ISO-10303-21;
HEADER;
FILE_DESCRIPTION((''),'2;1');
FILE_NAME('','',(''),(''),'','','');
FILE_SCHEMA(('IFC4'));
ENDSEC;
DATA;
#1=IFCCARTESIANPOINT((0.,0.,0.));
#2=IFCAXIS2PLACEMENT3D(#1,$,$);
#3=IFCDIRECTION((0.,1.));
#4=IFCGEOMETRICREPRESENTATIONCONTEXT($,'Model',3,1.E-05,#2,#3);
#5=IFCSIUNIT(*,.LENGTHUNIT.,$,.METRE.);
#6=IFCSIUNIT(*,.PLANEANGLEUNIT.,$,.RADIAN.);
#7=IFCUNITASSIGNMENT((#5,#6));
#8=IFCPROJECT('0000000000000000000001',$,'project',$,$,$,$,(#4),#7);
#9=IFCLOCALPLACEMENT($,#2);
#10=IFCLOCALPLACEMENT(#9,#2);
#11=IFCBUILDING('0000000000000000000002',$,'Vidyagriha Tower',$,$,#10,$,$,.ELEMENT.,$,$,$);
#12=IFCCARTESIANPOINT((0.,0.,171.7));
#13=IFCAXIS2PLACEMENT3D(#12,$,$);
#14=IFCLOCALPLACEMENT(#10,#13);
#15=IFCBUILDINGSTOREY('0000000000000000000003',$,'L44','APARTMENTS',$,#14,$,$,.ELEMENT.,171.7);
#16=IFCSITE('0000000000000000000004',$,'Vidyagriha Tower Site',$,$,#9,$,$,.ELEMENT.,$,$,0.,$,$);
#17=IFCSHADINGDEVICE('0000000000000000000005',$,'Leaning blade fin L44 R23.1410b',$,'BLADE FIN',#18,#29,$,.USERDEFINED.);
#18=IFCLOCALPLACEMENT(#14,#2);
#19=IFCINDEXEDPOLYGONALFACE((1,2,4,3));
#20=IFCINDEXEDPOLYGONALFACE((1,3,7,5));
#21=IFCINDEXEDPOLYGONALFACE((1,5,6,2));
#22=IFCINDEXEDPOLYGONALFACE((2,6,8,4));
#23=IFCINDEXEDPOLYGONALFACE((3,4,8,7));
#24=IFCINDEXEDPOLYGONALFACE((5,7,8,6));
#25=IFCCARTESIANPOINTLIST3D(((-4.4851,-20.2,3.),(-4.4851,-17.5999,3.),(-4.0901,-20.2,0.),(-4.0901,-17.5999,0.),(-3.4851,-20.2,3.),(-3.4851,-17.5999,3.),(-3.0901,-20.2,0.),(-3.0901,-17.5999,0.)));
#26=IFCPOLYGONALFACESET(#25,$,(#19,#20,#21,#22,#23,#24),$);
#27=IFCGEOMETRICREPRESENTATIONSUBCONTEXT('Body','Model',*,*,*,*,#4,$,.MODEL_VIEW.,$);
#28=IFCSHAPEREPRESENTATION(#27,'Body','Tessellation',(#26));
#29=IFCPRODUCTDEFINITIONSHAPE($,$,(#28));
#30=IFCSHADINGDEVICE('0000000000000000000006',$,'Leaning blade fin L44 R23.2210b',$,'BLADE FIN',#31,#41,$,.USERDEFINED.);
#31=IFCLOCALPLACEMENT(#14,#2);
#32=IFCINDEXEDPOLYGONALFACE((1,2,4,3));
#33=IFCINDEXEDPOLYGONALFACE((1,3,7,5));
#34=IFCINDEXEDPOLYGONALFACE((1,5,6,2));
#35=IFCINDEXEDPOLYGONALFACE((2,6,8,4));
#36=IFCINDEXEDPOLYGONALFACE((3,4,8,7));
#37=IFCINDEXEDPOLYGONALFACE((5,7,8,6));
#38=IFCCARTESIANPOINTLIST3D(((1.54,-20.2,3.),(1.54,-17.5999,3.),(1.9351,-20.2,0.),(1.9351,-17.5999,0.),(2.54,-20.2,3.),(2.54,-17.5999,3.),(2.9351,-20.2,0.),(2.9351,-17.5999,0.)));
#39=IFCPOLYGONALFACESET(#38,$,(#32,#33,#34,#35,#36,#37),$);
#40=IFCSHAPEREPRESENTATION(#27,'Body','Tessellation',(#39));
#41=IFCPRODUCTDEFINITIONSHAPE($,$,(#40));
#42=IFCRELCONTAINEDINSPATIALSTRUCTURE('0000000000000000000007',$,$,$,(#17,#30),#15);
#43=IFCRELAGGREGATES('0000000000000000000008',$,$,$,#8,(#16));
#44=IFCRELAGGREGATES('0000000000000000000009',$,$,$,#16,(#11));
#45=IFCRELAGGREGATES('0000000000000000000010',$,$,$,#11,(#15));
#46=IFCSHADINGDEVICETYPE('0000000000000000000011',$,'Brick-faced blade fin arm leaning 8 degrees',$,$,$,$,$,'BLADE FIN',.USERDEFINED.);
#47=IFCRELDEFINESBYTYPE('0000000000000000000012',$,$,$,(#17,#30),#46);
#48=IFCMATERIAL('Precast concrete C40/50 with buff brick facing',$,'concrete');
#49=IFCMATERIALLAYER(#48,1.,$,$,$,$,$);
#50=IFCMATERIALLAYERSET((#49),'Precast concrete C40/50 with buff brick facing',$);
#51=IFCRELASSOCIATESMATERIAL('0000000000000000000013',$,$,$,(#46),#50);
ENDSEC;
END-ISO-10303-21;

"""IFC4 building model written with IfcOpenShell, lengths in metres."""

from ifc_helpers import new_model, si_unit, direction, frame, origin, place, context, subcontext, project, spatial, polyline, outline, extrude, material, layer, layer_set, type_object, element, save


model = new_model("IFC4")

# Units and contexts
model_context = context("Model", 3, precision=1e-05, world=origin(), true_north=direction((0.0, 1.0)))
body_context = subcontext(model_context, "Body", "Model", "MODEL_VIEW")
ifc_project = project(units=[si_unit("LENGTHUNIT", "METRE"), si_unit("PLANEANGLEUNIT", "RADIAN")], contexts=[model_context])

# Site, building, storey
site_placement = place(None, origin())
site = spatial("IfcSite", under=ifc_project, at=site_placement, Name="Vidyagriha Tower Site", CompositionType="ELEMENT", RefElevation=0.0)
building_placement = place(site_placement, origin())
building = spatial("IfcBuilding", under=site, at=building_placement, Name="Vidyagriha Tower", CompositionType="ELEMENT")
storey_placement = place(building_placement, frame((0.0, 0.0, 171.7)))
storey = spatial("IfcBuildingStorey", under=building, at=storey_placement, Name="L44", Description="APARTMENTS", CompositionType="ELEMENT", Elevation=171.7)

# Shading devices
ifc_material_1 = material(Name="Precast concrete C40/50 with buff brick facing", Category="concrete")
ifc_layer_1 = layer(ifc_material_1, 1.0)
ifc_layer_set_1 = layer_set([ifc_layer_1], Name="Precast concrete C40/50 with buff brick facing")
shading_device_type = type_object("IfcShadingDeviceType", Name="Brick-faced blade fin arm leaning 8 degrees", ElementType="BLADE FIN", PredefinedType="USERDEFINED", material=ifc_layer_set_1)
for number, where, name in (
    (1, (-4.4851, -18.8999, 0.0), "Leaning blade fin L44 R23.1410b"),
    (2, (1.54, -18.8999, 0.0), "Leaning blade fin L44 R23.2210b"),
):
    element("IfcShadingDevice", number, at=place(storey_placement, frame(where)), inside=storey, type_object=shading_device_type, Name=name, ObjectType="BLADE FIN", PredefinedType="USERDEFINED", context=body_context, shape_type="SweptSolid", body=[
        extrude(outline(polyline([(0.395, 0.0), (1.395, 0.0), (1.0, 3.0), (0.0, 3.0), (0.395, 0.0)])), frame((0.0, 1.3, 0.0), z_axis=(0.0, -1.0, 0.0), x_axis=(1.0, 0.0, 0.0)), (0.0, 0.0, 1.0), 2.6001),
    ])

save(model, "model.ifc")
